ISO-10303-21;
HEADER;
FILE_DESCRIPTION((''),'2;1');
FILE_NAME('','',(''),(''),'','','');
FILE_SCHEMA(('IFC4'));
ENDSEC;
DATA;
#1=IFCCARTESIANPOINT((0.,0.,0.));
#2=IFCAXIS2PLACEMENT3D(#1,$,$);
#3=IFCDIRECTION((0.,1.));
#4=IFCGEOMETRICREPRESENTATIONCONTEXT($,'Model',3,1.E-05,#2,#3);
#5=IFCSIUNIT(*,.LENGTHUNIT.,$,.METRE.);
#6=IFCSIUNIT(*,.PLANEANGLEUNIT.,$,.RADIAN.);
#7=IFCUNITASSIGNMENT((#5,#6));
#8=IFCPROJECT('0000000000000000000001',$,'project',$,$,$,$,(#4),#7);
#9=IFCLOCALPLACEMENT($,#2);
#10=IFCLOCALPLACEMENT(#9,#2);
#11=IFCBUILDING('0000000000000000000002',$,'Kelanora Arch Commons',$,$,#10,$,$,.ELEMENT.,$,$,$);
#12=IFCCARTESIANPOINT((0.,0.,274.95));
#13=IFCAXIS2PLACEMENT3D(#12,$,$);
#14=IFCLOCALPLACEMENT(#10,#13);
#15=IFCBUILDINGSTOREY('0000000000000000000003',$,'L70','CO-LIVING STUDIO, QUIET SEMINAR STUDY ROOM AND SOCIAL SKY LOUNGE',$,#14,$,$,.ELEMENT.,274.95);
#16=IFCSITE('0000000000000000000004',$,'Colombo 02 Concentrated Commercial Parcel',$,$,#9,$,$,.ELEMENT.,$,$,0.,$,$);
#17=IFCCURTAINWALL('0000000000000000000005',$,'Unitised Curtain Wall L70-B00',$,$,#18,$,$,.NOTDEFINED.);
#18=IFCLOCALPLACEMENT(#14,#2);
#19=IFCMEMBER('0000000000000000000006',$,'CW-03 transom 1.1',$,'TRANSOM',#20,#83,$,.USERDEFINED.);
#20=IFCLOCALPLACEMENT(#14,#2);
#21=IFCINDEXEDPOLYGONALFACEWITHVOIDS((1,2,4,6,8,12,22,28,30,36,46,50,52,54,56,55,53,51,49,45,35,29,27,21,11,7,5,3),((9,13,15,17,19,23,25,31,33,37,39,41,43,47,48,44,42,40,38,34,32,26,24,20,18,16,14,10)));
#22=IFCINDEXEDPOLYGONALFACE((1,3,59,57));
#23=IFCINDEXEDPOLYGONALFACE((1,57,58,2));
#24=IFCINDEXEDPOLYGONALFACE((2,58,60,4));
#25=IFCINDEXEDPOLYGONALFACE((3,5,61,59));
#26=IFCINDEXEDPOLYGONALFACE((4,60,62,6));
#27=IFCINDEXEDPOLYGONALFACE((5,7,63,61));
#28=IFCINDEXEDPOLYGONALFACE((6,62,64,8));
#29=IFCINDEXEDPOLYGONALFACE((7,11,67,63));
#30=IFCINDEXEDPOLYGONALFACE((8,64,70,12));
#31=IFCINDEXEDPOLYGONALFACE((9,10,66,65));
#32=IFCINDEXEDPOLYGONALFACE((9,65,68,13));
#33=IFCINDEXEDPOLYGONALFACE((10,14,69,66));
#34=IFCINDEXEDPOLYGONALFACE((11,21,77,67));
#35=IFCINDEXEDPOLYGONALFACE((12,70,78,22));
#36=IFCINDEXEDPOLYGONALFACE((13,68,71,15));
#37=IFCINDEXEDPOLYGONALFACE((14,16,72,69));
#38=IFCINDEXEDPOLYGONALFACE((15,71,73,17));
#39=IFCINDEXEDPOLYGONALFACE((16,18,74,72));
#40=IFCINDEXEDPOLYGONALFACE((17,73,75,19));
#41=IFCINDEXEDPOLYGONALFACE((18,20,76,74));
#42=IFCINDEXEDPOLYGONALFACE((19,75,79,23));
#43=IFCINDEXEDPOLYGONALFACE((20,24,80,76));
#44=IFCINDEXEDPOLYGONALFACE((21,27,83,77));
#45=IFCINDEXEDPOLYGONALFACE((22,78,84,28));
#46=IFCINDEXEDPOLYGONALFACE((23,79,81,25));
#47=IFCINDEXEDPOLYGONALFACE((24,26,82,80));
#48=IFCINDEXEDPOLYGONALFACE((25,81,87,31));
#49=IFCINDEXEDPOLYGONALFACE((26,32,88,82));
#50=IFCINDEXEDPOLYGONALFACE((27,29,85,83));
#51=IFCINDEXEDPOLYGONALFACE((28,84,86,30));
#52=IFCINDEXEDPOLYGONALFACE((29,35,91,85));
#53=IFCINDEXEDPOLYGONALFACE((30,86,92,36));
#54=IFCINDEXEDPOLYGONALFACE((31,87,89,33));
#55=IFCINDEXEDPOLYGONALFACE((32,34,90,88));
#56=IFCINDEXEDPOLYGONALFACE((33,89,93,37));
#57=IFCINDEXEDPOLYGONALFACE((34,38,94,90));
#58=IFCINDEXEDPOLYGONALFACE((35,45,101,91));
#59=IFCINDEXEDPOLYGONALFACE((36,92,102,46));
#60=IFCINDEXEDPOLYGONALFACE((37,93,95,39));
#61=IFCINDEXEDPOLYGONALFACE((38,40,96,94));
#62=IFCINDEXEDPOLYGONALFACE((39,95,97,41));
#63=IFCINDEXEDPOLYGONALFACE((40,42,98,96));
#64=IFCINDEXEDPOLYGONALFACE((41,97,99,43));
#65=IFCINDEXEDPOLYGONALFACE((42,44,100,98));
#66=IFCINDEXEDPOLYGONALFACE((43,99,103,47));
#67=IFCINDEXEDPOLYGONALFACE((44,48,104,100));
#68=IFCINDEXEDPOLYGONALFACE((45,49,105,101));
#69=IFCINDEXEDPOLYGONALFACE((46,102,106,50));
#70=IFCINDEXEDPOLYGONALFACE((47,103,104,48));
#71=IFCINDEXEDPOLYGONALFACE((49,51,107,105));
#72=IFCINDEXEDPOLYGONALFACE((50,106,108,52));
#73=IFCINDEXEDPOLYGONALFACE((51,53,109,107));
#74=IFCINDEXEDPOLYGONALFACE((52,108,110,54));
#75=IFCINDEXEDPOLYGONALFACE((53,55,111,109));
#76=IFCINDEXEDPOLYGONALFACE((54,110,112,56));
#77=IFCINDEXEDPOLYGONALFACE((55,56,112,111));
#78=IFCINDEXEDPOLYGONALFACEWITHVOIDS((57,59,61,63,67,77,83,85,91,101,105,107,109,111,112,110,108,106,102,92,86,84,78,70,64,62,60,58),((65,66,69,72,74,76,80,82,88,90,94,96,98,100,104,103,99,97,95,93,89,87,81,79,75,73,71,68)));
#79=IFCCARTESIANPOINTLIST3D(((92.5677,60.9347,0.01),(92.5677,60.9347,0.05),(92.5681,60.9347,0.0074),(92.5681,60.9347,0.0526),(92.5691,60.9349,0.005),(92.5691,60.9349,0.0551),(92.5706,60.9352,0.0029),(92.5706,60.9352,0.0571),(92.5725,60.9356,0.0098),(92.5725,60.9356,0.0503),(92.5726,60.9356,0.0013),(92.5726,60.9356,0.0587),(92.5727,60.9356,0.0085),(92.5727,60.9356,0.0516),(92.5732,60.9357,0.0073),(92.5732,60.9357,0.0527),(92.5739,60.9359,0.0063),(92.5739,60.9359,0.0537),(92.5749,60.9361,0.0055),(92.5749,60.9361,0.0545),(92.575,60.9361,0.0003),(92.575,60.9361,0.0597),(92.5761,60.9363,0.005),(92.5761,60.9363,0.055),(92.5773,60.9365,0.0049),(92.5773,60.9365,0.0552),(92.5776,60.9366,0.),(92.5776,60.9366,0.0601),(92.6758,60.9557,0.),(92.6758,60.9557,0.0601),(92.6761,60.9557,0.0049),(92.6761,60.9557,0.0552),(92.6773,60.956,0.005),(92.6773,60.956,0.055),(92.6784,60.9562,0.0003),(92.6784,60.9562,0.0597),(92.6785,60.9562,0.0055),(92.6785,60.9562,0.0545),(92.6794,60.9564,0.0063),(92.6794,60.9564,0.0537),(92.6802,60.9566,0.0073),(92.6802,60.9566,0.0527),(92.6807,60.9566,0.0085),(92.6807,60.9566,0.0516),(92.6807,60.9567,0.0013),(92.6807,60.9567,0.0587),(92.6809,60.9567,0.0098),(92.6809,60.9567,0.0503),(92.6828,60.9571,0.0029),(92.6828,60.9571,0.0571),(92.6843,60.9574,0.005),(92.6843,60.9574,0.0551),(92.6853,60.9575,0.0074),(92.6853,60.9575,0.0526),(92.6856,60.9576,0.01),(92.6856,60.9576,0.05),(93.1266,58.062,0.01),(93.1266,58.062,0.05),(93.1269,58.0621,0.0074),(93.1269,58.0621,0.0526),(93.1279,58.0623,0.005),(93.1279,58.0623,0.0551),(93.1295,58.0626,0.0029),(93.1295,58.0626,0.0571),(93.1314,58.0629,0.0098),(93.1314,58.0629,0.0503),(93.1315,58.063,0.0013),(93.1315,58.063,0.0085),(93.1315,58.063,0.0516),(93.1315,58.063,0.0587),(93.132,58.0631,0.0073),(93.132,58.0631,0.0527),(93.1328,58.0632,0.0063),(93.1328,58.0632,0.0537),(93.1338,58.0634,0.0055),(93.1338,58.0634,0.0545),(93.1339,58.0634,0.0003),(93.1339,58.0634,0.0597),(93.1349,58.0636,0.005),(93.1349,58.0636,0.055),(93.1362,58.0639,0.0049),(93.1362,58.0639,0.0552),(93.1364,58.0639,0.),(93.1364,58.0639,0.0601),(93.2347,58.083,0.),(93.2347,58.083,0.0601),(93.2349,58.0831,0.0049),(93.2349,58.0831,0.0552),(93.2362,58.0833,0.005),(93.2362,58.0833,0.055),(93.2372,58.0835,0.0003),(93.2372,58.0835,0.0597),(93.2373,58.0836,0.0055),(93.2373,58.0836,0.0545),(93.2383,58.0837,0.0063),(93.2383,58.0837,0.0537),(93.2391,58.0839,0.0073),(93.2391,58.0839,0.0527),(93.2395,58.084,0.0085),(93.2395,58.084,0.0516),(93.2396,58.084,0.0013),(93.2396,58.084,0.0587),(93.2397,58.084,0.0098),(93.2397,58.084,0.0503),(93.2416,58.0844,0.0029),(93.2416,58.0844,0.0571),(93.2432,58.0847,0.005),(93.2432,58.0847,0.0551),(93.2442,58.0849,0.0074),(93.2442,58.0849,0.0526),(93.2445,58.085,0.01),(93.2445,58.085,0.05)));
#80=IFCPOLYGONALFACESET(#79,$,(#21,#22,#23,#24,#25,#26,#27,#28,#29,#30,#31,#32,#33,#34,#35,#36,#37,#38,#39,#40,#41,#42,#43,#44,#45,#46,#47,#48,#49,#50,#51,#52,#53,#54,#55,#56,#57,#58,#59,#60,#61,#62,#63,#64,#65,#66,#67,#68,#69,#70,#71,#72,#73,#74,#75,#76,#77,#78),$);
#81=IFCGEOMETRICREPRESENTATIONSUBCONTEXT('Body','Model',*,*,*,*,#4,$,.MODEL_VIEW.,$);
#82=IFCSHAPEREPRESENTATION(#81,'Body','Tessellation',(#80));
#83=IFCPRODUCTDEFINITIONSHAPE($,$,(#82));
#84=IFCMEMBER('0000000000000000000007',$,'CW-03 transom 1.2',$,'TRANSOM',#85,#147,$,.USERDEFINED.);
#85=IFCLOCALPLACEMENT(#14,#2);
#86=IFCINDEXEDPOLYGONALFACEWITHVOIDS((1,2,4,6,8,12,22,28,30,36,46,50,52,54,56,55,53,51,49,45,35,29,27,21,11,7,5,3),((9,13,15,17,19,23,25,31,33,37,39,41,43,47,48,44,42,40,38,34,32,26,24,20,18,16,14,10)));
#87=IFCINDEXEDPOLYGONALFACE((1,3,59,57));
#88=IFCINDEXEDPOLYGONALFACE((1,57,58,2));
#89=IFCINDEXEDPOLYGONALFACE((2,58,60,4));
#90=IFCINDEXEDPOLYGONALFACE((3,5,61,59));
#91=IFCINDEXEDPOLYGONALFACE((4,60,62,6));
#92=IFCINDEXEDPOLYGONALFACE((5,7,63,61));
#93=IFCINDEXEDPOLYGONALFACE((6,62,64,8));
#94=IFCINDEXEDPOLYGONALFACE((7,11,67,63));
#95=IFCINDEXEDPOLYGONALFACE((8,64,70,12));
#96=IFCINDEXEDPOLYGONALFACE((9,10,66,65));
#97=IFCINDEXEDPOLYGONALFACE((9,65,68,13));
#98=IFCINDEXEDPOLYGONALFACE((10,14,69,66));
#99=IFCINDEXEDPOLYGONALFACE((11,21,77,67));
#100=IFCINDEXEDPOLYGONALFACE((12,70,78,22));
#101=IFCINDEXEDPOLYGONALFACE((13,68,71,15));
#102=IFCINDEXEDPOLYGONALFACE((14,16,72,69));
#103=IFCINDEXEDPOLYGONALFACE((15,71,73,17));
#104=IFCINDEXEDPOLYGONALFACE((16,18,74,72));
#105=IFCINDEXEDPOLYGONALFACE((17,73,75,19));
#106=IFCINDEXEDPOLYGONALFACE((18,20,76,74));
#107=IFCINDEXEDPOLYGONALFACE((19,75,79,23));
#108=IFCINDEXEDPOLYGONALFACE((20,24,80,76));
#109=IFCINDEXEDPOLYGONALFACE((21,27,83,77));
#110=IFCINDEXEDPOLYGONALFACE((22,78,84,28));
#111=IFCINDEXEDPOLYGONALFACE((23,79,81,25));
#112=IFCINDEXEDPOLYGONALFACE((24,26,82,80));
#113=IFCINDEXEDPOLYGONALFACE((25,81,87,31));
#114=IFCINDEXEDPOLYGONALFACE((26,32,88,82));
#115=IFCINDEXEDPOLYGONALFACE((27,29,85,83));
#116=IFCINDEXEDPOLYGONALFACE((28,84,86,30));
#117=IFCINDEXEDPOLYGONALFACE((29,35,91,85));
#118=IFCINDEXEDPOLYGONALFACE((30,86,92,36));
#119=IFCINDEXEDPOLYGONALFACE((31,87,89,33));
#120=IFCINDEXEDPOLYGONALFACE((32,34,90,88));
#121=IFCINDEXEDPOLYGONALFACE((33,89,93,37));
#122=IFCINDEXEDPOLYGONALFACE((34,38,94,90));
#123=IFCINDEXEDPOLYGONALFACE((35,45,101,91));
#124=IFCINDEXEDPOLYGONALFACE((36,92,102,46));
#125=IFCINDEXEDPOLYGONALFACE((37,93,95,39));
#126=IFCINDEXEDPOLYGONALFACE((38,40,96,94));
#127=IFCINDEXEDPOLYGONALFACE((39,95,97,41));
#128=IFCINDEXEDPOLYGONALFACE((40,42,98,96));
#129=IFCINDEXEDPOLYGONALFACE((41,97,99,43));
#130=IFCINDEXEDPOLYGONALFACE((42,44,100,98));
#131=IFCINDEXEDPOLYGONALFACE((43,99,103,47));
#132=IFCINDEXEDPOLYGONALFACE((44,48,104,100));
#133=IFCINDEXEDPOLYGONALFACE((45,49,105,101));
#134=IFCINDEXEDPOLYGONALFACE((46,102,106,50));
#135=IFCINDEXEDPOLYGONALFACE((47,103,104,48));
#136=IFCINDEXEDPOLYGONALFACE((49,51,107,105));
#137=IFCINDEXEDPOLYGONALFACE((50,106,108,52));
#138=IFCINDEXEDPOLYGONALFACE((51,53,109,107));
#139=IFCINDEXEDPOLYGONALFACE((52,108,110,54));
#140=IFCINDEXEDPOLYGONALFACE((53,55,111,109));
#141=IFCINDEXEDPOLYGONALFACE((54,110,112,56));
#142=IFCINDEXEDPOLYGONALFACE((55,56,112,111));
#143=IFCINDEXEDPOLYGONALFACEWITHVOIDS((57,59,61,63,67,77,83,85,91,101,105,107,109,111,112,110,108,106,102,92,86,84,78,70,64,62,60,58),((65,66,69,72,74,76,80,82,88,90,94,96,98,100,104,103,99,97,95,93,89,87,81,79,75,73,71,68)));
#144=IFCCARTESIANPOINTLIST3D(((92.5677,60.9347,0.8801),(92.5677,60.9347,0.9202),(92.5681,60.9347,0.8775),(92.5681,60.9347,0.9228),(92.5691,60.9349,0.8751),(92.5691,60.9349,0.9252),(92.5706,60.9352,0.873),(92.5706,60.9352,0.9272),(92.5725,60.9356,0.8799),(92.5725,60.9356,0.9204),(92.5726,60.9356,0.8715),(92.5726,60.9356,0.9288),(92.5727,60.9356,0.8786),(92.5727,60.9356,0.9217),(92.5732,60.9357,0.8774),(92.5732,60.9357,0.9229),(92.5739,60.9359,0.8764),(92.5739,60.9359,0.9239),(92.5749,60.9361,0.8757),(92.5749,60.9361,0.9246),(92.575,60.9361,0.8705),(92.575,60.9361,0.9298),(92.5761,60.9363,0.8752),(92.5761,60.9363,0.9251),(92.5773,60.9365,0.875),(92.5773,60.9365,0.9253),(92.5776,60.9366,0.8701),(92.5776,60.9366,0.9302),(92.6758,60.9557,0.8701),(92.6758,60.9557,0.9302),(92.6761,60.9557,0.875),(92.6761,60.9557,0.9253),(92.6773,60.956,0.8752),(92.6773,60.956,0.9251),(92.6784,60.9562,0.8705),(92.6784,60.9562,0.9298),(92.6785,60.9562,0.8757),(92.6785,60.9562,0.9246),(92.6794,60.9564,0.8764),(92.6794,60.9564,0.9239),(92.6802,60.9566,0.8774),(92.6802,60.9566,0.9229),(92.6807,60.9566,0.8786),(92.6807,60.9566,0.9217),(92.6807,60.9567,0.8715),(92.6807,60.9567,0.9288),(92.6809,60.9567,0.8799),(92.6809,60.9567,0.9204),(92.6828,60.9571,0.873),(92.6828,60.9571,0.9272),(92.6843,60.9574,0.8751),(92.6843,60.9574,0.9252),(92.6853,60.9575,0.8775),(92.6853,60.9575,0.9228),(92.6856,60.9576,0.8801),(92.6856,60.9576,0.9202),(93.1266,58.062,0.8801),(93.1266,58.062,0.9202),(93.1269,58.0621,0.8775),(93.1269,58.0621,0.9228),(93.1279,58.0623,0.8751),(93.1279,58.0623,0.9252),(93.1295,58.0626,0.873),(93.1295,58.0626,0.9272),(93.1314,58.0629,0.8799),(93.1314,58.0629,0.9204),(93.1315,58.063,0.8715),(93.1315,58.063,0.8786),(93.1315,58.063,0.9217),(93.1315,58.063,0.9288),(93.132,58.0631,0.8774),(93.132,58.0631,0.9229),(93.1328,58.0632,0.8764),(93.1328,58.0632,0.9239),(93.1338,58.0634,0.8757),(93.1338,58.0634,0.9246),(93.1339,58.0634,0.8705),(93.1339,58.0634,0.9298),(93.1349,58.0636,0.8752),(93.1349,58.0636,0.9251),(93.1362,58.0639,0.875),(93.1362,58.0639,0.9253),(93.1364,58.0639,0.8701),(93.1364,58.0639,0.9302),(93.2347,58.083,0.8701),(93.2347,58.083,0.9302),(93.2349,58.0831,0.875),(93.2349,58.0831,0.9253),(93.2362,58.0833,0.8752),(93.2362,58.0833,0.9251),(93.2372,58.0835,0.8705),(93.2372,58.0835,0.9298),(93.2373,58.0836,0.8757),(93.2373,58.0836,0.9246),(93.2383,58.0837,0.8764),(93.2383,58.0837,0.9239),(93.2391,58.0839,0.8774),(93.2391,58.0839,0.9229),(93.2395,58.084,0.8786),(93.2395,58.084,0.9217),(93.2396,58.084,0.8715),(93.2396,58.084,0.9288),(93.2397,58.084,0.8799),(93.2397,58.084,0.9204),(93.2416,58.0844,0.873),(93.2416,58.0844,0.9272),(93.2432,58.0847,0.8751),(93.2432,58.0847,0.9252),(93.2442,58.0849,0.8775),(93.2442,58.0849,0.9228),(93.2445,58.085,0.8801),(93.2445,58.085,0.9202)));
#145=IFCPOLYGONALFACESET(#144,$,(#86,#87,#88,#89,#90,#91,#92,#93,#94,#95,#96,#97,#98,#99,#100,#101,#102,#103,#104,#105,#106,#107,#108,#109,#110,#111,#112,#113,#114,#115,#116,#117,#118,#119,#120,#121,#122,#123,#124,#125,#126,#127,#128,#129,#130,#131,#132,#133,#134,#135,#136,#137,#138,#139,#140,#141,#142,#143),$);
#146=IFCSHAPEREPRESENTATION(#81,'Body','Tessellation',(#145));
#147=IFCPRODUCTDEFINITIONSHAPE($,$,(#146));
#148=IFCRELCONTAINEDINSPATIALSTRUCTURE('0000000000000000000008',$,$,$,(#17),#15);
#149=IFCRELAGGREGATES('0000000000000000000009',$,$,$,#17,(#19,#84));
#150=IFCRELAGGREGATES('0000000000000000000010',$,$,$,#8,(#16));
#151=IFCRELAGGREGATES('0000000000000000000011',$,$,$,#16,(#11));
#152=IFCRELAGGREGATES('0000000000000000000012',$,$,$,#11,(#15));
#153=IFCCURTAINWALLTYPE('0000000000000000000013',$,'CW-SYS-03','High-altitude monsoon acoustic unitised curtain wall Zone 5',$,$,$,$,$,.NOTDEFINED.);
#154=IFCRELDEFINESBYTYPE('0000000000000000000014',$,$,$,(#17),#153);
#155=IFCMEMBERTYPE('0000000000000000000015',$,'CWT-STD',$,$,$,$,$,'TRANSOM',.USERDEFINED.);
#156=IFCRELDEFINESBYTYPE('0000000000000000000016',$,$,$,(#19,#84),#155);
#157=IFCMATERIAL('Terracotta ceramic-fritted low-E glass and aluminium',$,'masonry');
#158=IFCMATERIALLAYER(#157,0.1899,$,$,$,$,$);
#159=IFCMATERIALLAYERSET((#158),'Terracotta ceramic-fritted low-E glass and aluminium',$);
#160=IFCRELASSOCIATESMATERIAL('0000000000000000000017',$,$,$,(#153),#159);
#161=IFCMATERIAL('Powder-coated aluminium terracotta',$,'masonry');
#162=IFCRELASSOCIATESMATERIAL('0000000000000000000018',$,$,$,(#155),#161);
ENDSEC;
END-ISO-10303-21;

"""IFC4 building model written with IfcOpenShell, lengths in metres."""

from ifc_helpers import new_model, si_unit, direction, frame, origin, origin_2d, place, context, subcontext, project, spatial, hollow_rectangle, extrude, material, layer, layer_set, material_profile, profile_set, type_object, element, aggregate, save


model = new_model("IFC4")

# Units and contexts
model_context = context("Model", 3, precision=1e-05, world=origin(), true_north=direction((0.0, 1.0)))
body_context = subcontext(model_context, "Body", "Model", "MODEL_VIEW")
ifc_project = project(units=[si_unit("LENGTHUNIT", "METRE"), si_unit("PLANEANGLEUNIT", "RADIAN")], contexts=[model_context])

# Site, building, storey
site_placement = place(None, origin())
site = spatial("IfcSite", under=ifc_project, at=site_placement, Name="Colombo 02 Concentrated Commercial Parcel", CompositionType="ELEMENT", RefElevation=0.0)
building_placement = place(site_placement, origin())
building = spatial("IfcBuilding", under=site, at=building_placement, Name="Kelanora Arch Commons", CompositionType="ELEMENT")
storey_placement = place(building_placement, frame((0.0, 0.0, 274.95)))
storey = spatial("IfcBuildingStorey", under=building, at=storey_placement, Name="L70", Description="CO-LIVING STUDIO, QUIET SEMINAR STUDY ROOM AND SOCIAL SKY LOUNGE", CompositionType="ELEMENT", Elevation=274.95)

# Curtain wall, members
ifc_material_1 = material(Name="Terracotta ceramic-fritted low-E glass and aluminium", Category="masonry")
ifc_layer_1 = layer(ifc_material_1, 0.1899)
ifc_layer_set_1 = layer_set([ifc_layer_1], Name="Terracotta ceramic-fritted low-E glass and aluminium")
curtain_wall_type = type_object("IfcCurtainWallType", Name="CW-SYS-03", Description="High-altitude monsoon acoustic unitised curtain wall Zone 5", PredefinedType="NOTDEFINED", material=ifc_layer_set_1)
curtain_wall_placement = place(storey_placement, origin())
curtain_wall = element("IfcCurtainWall", 1, at=curtain_wall_placement, inside=storey, type_object=curtain_wall_type, Name="Unitised Curtain Wall L70-B00", PredefinedType="NOTDEFINED")
ifc_material_2 = material(Name="Powder-coated aluminium terracotta", Category="masonry")
ifc_material_profile_1 = material_profile(ifc_material_2, hollow_rectangle(XDim=0.1201, YDim=0.0601, WallThickness=0.0049, InnerFilletRadius=0.0049, OuterFilletRadius=0.01, at=origin_2d()), Name="CWT120x60")
ifc_profile_set_1 = profile_set([ifc_material_profile_1], Name="Powder-coated aluminium terracotta")
member_type_1 = type_object("IfcMemberType", Name="CWT-STD", ElementType="TRANSOM", PredefinedType="USERDEFINED", material=ifc_profile_set_1)
member_1_placement = place(storey_placement, frame((93.1855, 58.0735, 0.03), z_axis=(-0.190963, 0.981597, 0.0), x_axis=(-0.981597, -0.190963, 0.0)))
member_1 = element("IfcMember", 2, at=member_1_placement, type_object=member_type_1, Name="CW-03 transom 1.1", ObjectType="TRANSOM", PredefinedType="USERDEFINED", context=body_context, shape_type="SweptSolid", body=[
    extrude(hollow_rectangle(XDim=0.1201, YDim=0.0601, WallThickness=0.0049, InnerFilletRadius=0.0049, OuterFilletRadius=0.01, at=origin_2d()), origin(), (0.0, 0.0, 1.0), 2.9265),
])
member_2_placement = place(storey_placement, frame((93.1855, 58.0735, 0.9001), z_axis=(-0.190963, 0.981597, 0.0), x_axis=(-0.981597, -0.190963, 0.0)))
member_2 = element("IfcMember", 3, at=member_2_placement, type_object=member_type_1, Name="CW-03 transom 1.2", ObjectType="TRANSOM", PredefinedType="USERDEFINED", context=body_context, shape_type="SweptSolid", body=[
    extrude(hollow_rectangle(XDim=0.1201, YDim=0.0601, WallThickness=0.0049, InnerFilletRadius=0.0049, OuterFilletRadius=0.01, at=origin_2d()), origin(), (0.0, 0.0, 1.0), 2.9265),
])
aggregate(curtain_wall, [member_1, member_2])

save(model, "model.ifc")
